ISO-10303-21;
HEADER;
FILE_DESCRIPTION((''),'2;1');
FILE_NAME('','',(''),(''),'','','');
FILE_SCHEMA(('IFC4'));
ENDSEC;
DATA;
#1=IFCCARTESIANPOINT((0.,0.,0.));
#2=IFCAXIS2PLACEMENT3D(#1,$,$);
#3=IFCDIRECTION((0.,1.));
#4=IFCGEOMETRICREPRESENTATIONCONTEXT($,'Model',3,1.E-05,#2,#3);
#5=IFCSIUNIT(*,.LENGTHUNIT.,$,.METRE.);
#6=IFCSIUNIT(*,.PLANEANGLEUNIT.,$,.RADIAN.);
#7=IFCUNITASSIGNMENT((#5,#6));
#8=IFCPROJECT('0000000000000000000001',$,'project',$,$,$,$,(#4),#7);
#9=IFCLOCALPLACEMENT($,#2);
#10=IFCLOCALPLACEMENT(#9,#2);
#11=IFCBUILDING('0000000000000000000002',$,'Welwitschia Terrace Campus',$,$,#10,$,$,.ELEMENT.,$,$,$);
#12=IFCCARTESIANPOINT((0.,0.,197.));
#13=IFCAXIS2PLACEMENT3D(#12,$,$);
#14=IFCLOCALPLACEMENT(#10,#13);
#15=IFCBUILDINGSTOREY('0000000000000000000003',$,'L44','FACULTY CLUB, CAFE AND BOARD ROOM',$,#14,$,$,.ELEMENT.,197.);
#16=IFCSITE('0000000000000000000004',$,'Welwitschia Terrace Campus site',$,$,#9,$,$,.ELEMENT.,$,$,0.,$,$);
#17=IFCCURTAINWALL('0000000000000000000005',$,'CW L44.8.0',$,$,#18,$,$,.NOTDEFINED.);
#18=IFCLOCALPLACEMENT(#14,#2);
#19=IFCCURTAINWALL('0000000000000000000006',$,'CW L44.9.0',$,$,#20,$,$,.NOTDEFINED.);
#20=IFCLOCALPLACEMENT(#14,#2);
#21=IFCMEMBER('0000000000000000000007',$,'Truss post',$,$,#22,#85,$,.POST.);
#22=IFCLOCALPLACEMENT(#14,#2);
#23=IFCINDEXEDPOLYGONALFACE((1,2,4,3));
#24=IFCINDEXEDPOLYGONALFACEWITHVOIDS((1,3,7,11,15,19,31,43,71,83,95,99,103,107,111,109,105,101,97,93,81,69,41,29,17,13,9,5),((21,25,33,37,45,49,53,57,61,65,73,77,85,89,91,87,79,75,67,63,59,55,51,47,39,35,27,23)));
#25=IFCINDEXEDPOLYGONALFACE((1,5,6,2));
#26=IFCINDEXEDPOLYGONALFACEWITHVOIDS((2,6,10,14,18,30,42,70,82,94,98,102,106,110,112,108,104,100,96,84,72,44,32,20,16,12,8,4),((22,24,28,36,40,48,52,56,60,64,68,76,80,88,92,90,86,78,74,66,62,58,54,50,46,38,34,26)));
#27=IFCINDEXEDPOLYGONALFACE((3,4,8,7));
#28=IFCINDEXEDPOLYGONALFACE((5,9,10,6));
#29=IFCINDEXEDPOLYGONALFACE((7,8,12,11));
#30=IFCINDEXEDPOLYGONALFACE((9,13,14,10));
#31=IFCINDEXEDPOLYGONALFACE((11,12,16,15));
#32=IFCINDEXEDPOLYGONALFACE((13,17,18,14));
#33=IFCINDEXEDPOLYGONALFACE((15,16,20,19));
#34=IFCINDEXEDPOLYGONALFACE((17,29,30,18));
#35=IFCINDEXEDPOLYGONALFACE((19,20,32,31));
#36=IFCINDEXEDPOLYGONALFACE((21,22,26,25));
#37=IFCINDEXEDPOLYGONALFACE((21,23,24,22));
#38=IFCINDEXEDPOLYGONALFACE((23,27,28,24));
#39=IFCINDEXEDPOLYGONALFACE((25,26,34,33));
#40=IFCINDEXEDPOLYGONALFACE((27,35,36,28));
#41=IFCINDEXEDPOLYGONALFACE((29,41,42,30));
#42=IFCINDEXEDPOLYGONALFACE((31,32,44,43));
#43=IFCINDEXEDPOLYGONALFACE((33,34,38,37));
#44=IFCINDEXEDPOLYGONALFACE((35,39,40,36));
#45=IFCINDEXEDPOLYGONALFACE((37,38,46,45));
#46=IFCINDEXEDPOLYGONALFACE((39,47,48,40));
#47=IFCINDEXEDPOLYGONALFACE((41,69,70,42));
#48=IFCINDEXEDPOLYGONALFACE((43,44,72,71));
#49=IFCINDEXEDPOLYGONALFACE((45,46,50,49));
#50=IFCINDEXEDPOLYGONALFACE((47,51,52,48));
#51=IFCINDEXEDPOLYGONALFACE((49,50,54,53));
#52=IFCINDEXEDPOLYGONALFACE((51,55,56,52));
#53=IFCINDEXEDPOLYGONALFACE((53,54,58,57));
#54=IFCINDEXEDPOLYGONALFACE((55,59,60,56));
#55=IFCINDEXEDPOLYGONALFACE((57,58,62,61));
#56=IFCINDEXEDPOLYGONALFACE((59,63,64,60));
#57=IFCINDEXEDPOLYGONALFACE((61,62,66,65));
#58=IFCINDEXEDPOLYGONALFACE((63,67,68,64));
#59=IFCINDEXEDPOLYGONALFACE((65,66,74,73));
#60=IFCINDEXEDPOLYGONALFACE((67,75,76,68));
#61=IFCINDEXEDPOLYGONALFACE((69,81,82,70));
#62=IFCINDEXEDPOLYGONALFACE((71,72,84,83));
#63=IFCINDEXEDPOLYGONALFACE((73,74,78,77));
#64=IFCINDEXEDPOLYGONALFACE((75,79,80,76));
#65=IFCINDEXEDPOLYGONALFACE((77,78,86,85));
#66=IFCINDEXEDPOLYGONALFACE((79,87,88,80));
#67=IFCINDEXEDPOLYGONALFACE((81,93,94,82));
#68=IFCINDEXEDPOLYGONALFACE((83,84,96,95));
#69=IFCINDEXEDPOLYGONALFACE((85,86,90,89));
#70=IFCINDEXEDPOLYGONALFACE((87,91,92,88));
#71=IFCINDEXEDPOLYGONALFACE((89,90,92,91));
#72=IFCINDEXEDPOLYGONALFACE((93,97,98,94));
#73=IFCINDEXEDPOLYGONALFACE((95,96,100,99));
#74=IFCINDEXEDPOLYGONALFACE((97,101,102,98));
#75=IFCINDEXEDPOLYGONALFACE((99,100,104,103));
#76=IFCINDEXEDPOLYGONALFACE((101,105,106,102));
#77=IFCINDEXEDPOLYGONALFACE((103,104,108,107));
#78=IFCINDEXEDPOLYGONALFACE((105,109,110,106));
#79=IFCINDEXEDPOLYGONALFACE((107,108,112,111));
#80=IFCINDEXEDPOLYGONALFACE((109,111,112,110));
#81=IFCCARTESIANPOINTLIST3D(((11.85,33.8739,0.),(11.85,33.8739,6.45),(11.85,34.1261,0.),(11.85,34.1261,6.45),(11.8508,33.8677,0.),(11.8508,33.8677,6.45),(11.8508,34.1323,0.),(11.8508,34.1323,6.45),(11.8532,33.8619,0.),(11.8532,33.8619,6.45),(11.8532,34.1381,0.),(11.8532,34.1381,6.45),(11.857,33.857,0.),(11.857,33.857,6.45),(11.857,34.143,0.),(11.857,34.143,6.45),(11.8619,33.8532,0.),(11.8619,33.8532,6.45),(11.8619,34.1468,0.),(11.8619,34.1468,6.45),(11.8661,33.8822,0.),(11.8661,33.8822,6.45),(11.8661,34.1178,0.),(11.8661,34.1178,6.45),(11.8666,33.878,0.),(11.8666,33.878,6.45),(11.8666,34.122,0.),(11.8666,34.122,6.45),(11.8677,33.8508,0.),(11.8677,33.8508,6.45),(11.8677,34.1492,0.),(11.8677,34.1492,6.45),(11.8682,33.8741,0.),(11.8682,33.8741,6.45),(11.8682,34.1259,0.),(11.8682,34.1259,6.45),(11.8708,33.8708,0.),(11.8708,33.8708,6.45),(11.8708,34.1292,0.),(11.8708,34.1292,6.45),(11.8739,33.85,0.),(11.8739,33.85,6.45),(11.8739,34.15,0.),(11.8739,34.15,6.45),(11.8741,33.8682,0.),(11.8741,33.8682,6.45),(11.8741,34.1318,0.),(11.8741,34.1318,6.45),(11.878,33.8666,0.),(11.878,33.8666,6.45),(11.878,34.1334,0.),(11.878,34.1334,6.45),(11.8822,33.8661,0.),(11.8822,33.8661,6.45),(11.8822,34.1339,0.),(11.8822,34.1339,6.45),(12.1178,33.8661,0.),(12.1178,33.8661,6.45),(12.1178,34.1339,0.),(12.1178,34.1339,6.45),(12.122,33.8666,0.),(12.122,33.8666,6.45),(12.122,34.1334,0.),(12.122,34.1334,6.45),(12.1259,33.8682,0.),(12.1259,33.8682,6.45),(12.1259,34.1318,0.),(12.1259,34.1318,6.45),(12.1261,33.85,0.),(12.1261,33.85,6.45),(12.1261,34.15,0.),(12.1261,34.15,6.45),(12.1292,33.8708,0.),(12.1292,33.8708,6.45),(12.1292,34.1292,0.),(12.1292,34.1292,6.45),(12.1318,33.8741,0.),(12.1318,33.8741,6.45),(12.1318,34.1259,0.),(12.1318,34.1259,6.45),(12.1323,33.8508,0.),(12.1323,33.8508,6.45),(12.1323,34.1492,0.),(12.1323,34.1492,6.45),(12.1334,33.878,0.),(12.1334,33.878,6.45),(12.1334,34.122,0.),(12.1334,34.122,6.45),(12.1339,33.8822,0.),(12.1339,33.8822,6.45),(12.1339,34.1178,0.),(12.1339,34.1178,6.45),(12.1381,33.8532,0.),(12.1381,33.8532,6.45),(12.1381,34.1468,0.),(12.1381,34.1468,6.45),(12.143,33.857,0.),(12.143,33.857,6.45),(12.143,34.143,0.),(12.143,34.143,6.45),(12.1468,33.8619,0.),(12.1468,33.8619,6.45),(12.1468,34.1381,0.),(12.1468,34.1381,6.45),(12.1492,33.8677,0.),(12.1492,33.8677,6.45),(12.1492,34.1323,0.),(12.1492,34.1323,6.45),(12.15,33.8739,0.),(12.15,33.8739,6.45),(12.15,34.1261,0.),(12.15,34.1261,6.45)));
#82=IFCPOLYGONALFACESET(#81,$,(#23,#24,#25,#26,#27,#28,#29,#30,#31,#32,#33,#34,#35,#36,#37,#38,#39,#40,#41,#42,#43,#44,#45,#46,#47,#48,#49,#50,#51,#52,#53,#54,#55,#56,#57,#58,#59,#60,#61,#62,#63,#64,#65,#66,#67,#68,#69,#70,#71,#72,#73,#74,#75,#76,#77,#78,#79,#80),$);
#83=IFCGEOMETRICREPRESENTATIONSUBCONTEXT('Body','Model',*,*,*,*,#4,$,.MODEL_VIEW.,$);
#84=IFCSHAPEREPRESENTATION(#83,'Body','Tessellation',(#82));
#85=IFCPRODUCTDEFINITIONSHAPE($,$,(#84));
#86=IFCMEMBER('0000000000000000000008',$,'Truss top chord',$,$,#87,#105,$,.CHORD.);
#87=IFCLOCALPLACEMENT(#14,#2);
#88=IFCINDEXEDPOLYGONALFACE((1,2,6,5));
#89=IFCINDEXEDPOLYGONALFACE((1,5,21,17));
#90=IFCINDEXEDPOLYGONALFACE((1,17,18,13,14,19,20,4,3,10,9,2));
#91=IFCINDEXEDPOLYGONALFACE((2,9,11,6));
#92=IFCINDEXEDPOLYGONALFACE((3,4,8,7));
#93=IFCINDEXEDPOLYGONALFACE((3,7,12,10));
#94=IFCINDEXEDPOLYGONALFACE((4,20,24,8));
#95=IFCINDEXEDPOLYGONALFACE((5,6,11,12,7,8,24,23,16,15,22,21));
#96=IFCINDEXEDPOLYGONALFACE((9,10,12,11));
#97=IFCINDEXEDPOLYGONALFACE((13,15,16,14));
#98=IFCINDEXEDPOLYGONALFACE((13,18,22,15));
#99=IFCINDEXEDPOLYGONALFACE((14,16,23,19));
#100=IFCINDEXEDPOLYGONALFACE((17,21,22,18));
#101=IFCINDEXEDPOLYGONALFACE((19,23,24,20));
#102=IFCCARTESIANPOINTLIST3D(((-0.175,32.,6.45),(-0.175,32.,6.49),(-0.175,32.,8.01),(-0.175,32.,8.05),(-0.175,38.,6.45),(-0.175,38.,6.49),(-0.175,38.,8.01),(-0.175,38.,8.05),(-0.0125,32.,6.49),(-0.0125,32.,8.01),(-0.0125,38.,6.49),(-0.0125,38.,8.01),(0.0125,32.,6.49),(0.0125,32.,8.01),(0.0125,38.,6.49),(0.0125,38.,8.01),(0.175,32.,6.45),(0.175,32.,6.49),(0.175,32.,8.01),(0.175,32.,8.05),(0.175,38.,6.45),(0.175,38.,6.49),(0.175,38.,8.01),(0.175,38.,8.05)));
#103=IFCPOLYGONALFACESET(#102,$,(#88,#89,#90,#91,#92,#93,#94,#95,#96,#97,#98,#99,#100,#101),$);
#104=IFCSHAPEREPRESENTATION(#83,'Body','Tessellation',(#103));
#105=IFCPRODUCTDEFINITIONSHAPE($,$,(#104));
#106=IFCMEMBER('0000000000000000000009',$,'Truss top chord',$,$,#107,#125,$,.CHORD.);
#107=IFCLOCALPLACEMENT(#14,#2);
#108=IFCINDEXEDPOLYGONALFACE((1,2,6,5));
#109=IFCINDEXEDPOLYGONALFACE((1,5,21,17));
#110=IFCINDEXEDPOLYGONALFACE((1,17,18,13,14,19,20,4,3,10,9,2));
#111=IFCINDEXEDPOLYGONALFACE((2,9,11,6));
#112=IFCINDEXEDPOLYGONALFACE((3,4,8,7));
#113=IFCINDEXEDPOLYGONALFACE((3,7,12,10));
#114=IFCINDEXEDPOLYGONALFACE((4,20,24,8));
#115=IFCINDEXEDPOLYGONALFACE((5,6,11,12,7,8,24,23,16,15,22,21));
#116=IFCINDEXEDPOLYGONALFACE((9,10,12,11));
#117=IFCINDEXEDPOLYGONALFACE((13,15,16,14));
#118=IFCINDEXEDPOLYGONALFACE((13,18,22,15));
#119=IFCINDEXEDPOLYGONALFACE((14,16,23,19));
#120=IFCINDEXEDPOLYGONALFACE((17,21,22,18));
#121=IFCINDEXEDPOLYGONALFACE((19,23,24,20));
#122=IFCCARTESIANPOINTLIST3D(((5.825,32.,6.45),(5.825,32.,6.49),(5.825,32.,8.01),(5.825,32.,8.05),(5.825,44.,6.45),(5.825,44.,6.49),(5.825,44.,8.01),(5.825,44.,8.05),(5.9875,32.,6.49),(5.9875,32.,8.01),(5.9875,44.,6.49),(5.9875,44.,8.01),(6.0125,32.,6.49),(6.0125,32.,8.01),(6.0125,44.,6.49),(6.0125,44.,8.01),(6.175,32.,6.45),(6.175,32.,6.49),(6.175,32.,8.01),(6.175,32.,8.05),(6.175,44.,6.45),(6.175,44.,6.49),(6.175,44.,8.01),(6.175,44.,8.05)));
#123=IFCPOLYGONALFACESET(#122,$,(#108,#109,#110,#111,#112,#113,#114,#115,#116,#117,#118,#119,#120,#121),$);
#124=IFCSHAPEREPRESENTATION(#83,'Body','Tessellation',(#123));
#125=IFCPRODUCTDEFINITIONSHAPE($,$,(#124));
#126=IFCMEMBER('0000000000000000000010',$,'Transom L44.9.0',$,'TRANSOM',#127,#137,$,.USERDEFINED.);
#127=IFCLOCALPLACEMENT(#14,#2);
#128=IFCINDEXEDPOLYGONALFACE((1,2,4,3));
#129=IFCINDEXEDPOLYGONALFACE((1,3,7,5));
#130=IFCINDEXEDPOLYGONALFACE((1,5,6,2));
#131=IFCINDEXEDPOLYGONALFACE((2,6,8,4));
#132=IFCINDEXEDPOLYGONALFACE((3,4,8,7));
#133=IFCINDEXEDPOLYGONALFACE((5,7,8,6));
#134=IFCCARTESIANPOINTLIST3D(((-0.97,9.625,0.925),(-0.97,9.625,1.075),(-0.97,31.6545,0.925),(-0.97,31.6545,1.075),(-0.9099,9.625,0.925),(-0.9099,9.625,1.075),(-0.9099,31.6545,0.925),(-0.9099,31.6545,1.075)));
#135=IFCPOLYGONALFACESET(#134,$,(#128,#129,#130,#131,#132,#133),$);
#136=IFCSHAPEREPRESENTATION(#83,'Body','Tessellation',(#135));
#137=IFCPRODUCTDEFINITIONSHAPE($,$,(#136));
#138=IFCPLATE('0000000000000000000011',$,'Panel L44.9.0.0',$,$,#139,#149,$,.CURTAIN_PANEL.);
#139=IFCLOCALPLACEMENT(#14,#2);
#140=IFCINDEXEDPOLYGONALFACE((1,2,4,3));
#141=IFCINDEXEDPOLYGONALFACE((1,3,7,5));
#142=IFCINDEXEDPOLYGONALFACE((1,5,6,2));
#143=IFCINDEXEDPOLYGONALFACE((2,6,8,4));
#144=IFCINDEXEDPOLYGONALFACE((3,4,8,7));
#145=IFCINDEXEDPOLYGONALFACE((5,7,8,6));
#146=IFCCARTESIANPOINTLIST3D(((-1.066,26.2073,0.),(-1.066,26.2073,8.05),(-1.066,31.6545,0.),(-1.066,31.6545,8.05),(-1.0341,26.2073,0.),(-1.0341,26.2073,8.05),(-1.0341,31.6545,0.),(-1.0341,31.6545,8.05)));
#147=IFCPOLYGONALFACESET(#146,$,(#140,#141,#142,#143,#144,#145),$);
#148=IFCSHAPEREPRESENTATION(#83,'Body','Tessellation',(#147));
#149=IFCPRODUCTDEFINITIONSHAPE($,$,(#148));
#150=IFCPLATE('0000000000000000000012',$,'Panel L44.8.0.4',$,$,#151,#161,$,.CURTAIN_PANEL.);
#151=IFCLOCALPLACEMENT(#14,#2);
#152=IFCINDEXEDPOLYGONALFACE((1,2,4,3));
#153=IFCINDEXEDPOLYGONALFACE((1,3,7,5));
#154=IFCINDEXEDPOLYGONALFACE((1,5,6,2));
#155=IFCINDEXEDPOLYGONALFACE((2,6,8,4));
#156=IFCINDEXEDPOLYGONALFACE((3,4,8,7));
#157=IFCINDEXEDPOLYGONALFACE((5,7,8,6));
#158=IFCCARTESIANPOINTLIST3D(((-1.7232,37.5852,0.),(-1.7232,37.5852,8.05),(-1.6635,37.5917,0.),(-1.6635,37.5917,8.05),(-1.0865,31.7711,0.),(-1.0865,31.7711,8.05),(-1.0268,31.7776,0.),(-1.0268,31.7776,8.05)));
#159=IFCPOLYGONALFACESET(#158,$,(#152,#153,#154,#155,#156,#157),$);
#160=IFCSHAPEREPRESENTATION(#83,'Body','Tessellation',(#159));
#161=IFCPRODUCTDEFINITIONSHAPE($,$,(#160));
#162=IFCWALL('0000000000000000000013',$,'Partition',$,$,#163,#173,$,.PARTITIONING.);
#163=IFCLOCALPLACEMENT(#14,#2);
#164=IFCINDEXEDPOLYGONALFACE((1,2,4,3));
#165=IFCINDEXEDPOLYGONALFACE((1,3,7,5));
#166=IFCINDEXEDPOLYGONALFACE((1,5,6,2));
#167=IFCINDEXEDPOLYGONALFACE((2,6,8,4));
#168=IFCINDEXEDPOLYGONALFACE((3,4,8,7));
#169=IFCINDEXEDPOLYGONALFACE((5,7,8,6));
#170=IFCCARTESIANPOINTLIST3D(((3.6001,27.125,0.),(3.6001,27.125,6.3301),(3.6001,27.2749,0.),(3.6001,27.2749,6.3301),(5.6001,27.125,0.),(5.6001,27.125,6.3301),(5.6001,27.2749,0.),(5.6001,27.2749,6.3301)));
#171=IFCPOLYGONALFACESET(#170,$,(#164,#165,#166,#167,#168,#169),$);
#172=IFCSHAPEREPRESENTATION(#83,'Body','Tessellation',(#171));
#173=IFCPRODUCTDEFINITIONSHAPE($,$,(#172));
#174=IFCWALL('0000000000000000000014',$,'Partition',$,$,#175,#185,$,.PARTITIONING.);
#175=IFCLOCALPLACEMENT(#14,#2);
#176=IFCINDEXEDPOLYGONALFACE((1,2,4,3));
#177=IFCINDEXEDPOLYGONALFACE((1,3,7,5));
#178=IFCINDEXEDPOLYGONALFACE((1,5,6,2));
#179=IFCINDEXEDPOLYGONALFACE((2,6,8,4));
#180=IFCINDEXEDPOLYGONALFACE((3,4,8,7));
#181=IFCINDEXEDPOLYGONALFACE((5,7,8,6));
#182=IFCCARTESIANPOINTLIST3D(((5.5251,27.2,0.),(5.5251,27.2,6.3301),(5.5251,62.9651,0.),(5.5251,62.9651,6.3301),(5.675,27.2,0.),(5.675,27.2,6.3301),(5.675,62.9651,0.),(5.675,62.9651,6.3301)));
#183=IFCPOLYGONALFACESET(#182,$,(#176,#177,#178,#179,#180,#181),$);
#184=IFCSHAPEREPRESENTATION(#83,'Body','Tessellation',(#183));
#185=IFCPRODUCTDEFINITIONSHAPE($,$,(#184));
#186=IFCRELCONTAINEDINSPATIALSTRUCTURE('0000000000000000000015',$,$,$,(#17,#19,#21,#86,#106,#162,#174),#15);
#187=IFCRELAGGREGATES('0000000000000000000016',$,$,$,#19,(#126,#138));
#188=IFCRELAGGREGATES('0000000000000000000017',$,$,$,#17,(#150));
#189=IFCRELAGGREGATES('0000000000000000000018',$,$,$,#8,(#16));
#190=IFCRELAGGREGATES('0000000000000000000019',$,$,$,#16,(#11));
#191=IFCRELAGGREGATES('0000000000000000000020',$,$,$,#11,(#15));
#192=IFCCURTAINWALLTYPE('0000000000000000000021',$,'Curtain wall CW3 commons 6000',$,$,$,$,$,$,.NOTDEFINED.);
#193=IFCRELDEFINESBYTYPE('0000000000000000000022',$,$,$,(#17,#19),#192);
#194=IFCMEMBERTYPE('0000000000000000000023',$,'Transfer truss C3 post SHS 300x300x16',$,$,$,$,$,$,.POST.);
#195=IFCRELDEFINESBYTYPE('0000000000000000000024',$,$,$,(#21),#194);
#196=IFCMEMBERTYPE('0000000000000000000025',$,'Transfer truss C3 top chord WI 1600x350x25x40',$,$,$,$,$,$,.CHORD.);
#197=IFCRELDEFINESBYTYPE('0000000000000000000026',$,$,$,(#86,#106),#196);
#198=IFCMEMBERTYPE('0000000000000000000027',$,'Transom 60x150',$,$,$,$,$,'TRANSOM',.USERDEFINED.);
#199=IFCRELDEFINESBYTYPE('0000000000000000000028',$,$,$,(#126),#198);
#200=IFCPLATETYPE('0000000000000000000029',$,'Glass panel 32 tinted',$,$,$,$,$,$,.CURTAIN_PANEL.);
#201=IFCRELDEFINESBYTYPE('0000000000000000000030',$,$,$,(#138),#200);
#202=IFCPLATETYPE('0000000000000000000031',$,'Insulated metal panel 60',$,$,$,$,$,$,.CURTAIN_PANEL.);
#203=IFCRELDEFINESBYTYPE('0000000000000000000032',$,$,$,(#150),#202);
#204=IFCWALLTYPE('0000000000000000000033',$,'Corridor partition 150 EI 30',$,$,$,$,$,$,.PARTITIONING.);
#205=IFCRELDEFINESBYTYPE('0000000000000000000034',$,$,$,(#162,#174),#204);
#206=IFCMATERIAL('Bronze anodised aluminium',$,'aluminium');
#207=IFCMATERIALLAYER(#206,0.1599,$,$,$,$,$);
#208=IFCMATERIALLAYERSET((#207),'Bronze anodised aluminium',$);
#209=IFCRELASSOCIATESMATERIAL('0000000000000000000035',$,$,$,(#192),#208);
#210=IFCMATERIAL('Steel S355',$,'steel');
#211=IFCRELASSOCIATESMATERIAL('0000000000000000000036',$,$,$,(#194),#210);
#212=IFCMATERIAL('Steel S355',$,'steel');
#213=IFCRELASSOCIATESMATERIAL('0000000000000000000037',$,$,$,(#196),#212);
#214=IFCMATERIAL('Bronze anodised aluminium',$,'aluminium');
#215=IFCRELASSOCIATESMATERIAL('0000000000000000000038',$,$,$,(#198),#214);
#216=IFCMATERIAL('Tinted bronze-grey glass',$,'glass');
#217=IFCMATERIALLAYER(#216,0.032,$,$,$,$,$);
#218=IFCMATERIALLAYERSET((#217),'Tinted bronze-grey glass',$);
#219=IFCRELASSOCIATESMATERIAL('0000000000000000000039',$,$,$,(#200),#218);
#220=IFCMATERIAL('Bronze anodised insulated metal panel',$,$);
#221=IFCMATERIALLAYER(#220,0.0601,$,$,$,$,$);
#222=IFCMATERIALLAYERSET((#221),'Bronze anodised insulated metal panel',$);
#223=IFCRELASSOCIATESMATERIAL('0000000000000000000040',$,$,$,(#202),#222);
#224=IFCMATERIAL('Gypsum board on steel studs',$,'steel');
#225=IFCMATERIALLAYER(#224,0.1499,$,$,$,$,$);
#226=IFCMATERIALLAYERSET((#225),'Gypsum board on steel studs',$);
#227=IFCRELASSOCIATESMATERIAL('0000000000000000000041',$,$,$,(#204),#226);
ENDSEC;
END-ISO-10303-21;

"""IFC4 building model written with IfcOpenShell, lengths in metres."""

from ifc_helpers import new_model, si_unit, direction, frame, frame_2d, origin, origin_2d, place, context, subcontext, project, spatial, rectangle, hollow_rectangle, i_section, extrude, material, layer, layer_set, material_profile, profile_set, type_object, element, aggregate, save


model = new_model("IFC4")

# Units and contexts
model_context = context("Model", 3, precision=1e-05, world=origin(), true_north=direction((0.0, 1.0)))
body_context = subcontext(model_context, "Body", "Model", "MODEL_VIEW")
ifc_project = project(units=[si_unit("LENGTHUNIT", "METRE"), si_unit("PLANEANGLEUNIT", "RADIAN")], contexts=[model_context])

# Site, building, storey
site_placement = place(None, origin())
site = spatial("IfcSite", under=ifc_project, at=site_placement, Name="Welwitschia Terrace Campus site", CompositionType="ELEMENT", RefElevation=0.0)
building_placement = place(site_placement, origin())
building = spatial("IfcBuilding", under=site, at=building_placement, Name="Welwitschia Terrace Campus", CompositionType="ELEMENT")
storey_placement = place(building_placement, frame((0.0, 0.0, 197.0)))
storey = spatial("IfcBuildingStorey", under=building, at=storey_placement, Name="L44", Description="FACULTY CLUB, CAFE AND BOARD ROOM", CompositionType="ELEMENT", Elevation=197.0)

# Curtain wall
ifc_material_1 = material(Name="Bronze anodised aluminium", Category="aluminium")
ifc_layer_1 = layer(ifc_material_1, 0.1599)
ifc_layer_set_1 = layer_set([ifc_layer_1], Name="Bronze anodised aluminium")
curtain_wall_type = type_object("IfcCurtainWallType", Name="Curtain wall CW3 commons 6000", PredefinedType="NOTDEFINED", material=ifc_layer_set_1)
curtain_wall_1_placement = place(storey_placement, origin())
curtain_wall_1 = element("IfcCurtainWall", 1, at=curtain_wall_1_placement, inside=storey, type_object=curtain_wall_type, Name="CW L44.8.0", PredefinedType="NOTDEFINED")

# Curtain wall
curtain_wall_2_placement = place(storey_placement, origin())
curtain_wall_2 = element("IfcCurtainWall", 2, at=curtain_wall_2_placement, inside=storey, type_object=curtain_wall_type, Name="CW L44.9.0", PredefinedType="NOTDEFINED")

# Members
ifc_material_2 = material(Name="Steel S355", Category="steel")
ifc_material_profile_1 = material_profile(ifc_material_2, hollow_rectangle(XDim=0.3, YDim=0.3, WallThickness=0.0161, InnerFilletRadius=0.0161, OuterFilletRadius=0.0239, at=origin_2d()))
ifc_profile_set_1 = profile_set([ifc_material_profile_1], Name="Steel S355")
member_type_1 = type_object("IfcMemberType", Name="Transfer truss C3 post SHS 300x300x16", PredefinedType="POST", material=ifc_profile_set_1)
for number, where, z_axis, x_axis, name in (
    (3, (12.0, 34.0, 0.0), (0.0, 0.0, 1.0), (1.0, 0.0, 0.0), "Truss post"),
):
    element("IfcMember", number, at=place(storey_placement, frame(where, z_axis=z_axis, x_axis=x_axis)), inside=storey, type_object=member_type_1, Name=name, PredefinedType="POST", context=body_context, shape_type="SweptSolid", body=[
        extrude(hollow_rectangle(XDim=0.3, YDim=0.3, WallThickness=0.0161, InnerFilletRadius=0.0161, OuterFilletRadius=0.0239, at=origin_2d()), origin(), (0.0, 0.0, 1.0), 6.45),
    ])
ifc_material_3 = material(Name="Steel S355", Category="steel")
ifc_material_profile_2 = material_profile(ifc_material_3, i_section(OverallWidth=0.3501, OverallDepth=1.6001, WebThickness=0.0249, FlangeThickness=0.04, at=origin_2d()))
ifc_profile_set_2 = profile_set([ifc_material_profile_2], Name="Steel S355")
member_type_2 = type_object("IfcMemberType", Name="Transfer truss C3 top chord WI 1600x350x25x40", PredefinedType="CHORD", material=ifc_profile_set_2)
member_1_placement = place(storey_placement, frame((0.0, 32.0, 7.25), z_axis=(0.0, 1.0, 0.0), x_axis=(-1.0, 0.0, 0.0)))
element("IfcMember", 4, at=member_1_placement, inside=storey, type_object=member_type_2, Name="Truss top chord", PredefinedType="CHORD", context=body_context, shape_type="SweptSolid", body=[
    extrude(i_section(OverallWidth=0.3501, OverallDepth=1.6001, WebThickness=0.0249, FlangeThickness=0.04, at=origin_2d()), origin(), (0.0, 0.0, 1.0), 6.0),
])
member_2_placement = place(storey_placement, frame((6.0, 32.0, 7.25), z_axis=(0.0, 1.0, 0.0), x_axis=(-1.0, 0.0, 0.0)))
element("IfcMember", 5, at=member_2_placement, inside=storey, type_object=member_type_2, Name="Truss top chord", PredefinedType="CHORD", context=body_context, shape_type="SweptSolid", body=[
    extrude(i_section(OverallWidth=0.3501, OverallDepth=1.6001, WebThickness=0.0249, FlangeThickness=0.04, at=origin_2d()), origin(), (0.0, 0.0, 1.0), 12.0),
])

# Member
ifc_material_4 = material(Name="Bronze anodised aluminium", Category="aluminium")
ifc_material_profile_3 = material_profile(ifc_material_4, rectangle(XDim=0.0601, YDim=0.1499, at=origin_2d()))
ifc_profile_set_3 = profile_set([ifc_material_profile_3], Name="Bronze anodised aluminium")
member_type_3 = type_object("IfcMemberType", Name="Transom 60x150", ElementType="TRANSOM", PredefinedType="USERDEFINED", material=ifc_profile_set_3)
member_3_placement = place(storey_placement, frame((-0.9399, 31.6545, 1.0), z_axis=(0.0, -1.0, 0.0), x_axis=(1.0, 0.0, 0.0)))
member_3 = element("IfcMember", 6, at=member_3_placement, type_object=member_type_3, Name="Transom L44.9.0", ObjectType="TRANSOM", PredefinedType="USERDEFINED", context=body_context, shape_type="SweptSolid", body=[
    extrude(rectangle(XDim=0.0601, YDim=0.1499, at=origin_2d()), origin(), (0.0, 0.0, 1.0), 22.0295),
])

# Plates
ifc_material_5 = material(Name="Tinted bronze-grey glass", Category="glass")
ifc_layer_2 = layer(ifc_material_5, 0.032)
ifc_layer_set_2 = layer_set([ifc_layer_2], Name="Tinted bronze-grey glass")
plate_type_1 = type_object("IfcPlateType", Name="Glass panel 32 tinted", PredefinedType="CURTAIN_PANEL", material=ifc_layer_set_2)
plate_1_placement = place(storey_placement, frame((-1.05, 28.9309, 0.0), z_axis=(0.0, 0.0, 1.0), x_axis=(0.0, -1.0, 0.0)))
plate_1 = element("IfcPlate", 7, at=plate_1_placement, type_object=plate_type_1, Name="Panel L44.9.0.0", PredefinedType="CURTAIN_PANEL", context=body_context, shape_type="SweptSolid", body=[
    extrude(rectangle(XDim=5.4473, YDim=0.032, at=origin_2d()), origin(), (0.0, 0.0, 1.0), 8.05),
])
aggregate(curtain_wall_2, [member_3, plate_1])
ifc_material_6 = material(Name="Bronze anodised insulated metal panel")
ifc_layer_3 = layer(ifc_material_6, 0.0601)
ifc_layer_set_3 = layer_set([ifc_layer_3], Name="Bronze anodised insulated metal panel")
plate_type_2 = type_object("IfcPlateType", Name="Insulated metal panel 60", PredefinedType="CURTAIN_PANEL", material=ifc_layer_set_3)
plate_2_placement = place(storey_placement, frame((-1.375, 34.6814, 0.0), z_axis=(0.0, 0.0, 1.0), x_axis=(0.108867, -0.994056, 0.0)))
plate_2 = element("IfcPlate", 8, at=plate_2_placement, type_object=plate_type_2, Name="Panel L44.8.0.4", PredefinedType="CURTAIN_PANEL", context=body_context, shape_type="SweptSolid", body=[
    extrude(rectangle(XDim=5.8489, YDim=0.0601, at=origin_2d()), origin(), (0.0, 0.0, 1.0), 8.05),
])
aggregate(curtain_wall_1, [plate_2])

# Walls
ifc_material_7 = material(Name="Gypsum board on steel studs", Category="steel")
ifc_layer_4 = layer(ifc_material_7, 0.1499)
ifc_layer_set_4 = layer_set([ifc_layer_4], Name="Gypsum board on steel studs")
wall_type = type_object("IfcWallType", Name="Corridor partition 150 EI 30", PredefinedType="PARTITIONING", material=ifc_layer_set_4)
wall_1_placement = place(storey_placement, frame((3.6001, 27.2, 0.0), z_axis=(0.0, 0.0, 1.0), x_axis=(1.0, 0.0, 0.0)))
element("IfcWall", 9, at=wall_1_placement, inside=storey, type_object=wall_type, Name="Partition", PredefinedType="PARTITIONING", context=body_context, shape_type="SweptSolid", body=[
    extrude(rectangle(XDim=2.0, YDim=0.1499, at=frame_2d((1.0, 0.0))), origin(), (0.0, 0.0, 1.0), 6.3301),
])
wall_2_placement = place(storey_placement, frame((5.6001, 27.2, 0.0), z_axis=(0.0, 0.0, 1.0), x_axis=(0.0, 1.0, 0.0)))
element("IfcWall", 10, at=wall_2_placement, inside=storey, type_object=wall_type, Name="Partition", PredefinedType="PARTITIONING", context=body_context, shape_type="SweptSolid", body=[
    extrude(rectangle(XDim=35.7651, YDim=0.1499, at=frame_2d((17.8826, 0.0))), origin(), (0.0, 0.0, 1.0), 6.3301),
])

save(model, "model.ifc")
